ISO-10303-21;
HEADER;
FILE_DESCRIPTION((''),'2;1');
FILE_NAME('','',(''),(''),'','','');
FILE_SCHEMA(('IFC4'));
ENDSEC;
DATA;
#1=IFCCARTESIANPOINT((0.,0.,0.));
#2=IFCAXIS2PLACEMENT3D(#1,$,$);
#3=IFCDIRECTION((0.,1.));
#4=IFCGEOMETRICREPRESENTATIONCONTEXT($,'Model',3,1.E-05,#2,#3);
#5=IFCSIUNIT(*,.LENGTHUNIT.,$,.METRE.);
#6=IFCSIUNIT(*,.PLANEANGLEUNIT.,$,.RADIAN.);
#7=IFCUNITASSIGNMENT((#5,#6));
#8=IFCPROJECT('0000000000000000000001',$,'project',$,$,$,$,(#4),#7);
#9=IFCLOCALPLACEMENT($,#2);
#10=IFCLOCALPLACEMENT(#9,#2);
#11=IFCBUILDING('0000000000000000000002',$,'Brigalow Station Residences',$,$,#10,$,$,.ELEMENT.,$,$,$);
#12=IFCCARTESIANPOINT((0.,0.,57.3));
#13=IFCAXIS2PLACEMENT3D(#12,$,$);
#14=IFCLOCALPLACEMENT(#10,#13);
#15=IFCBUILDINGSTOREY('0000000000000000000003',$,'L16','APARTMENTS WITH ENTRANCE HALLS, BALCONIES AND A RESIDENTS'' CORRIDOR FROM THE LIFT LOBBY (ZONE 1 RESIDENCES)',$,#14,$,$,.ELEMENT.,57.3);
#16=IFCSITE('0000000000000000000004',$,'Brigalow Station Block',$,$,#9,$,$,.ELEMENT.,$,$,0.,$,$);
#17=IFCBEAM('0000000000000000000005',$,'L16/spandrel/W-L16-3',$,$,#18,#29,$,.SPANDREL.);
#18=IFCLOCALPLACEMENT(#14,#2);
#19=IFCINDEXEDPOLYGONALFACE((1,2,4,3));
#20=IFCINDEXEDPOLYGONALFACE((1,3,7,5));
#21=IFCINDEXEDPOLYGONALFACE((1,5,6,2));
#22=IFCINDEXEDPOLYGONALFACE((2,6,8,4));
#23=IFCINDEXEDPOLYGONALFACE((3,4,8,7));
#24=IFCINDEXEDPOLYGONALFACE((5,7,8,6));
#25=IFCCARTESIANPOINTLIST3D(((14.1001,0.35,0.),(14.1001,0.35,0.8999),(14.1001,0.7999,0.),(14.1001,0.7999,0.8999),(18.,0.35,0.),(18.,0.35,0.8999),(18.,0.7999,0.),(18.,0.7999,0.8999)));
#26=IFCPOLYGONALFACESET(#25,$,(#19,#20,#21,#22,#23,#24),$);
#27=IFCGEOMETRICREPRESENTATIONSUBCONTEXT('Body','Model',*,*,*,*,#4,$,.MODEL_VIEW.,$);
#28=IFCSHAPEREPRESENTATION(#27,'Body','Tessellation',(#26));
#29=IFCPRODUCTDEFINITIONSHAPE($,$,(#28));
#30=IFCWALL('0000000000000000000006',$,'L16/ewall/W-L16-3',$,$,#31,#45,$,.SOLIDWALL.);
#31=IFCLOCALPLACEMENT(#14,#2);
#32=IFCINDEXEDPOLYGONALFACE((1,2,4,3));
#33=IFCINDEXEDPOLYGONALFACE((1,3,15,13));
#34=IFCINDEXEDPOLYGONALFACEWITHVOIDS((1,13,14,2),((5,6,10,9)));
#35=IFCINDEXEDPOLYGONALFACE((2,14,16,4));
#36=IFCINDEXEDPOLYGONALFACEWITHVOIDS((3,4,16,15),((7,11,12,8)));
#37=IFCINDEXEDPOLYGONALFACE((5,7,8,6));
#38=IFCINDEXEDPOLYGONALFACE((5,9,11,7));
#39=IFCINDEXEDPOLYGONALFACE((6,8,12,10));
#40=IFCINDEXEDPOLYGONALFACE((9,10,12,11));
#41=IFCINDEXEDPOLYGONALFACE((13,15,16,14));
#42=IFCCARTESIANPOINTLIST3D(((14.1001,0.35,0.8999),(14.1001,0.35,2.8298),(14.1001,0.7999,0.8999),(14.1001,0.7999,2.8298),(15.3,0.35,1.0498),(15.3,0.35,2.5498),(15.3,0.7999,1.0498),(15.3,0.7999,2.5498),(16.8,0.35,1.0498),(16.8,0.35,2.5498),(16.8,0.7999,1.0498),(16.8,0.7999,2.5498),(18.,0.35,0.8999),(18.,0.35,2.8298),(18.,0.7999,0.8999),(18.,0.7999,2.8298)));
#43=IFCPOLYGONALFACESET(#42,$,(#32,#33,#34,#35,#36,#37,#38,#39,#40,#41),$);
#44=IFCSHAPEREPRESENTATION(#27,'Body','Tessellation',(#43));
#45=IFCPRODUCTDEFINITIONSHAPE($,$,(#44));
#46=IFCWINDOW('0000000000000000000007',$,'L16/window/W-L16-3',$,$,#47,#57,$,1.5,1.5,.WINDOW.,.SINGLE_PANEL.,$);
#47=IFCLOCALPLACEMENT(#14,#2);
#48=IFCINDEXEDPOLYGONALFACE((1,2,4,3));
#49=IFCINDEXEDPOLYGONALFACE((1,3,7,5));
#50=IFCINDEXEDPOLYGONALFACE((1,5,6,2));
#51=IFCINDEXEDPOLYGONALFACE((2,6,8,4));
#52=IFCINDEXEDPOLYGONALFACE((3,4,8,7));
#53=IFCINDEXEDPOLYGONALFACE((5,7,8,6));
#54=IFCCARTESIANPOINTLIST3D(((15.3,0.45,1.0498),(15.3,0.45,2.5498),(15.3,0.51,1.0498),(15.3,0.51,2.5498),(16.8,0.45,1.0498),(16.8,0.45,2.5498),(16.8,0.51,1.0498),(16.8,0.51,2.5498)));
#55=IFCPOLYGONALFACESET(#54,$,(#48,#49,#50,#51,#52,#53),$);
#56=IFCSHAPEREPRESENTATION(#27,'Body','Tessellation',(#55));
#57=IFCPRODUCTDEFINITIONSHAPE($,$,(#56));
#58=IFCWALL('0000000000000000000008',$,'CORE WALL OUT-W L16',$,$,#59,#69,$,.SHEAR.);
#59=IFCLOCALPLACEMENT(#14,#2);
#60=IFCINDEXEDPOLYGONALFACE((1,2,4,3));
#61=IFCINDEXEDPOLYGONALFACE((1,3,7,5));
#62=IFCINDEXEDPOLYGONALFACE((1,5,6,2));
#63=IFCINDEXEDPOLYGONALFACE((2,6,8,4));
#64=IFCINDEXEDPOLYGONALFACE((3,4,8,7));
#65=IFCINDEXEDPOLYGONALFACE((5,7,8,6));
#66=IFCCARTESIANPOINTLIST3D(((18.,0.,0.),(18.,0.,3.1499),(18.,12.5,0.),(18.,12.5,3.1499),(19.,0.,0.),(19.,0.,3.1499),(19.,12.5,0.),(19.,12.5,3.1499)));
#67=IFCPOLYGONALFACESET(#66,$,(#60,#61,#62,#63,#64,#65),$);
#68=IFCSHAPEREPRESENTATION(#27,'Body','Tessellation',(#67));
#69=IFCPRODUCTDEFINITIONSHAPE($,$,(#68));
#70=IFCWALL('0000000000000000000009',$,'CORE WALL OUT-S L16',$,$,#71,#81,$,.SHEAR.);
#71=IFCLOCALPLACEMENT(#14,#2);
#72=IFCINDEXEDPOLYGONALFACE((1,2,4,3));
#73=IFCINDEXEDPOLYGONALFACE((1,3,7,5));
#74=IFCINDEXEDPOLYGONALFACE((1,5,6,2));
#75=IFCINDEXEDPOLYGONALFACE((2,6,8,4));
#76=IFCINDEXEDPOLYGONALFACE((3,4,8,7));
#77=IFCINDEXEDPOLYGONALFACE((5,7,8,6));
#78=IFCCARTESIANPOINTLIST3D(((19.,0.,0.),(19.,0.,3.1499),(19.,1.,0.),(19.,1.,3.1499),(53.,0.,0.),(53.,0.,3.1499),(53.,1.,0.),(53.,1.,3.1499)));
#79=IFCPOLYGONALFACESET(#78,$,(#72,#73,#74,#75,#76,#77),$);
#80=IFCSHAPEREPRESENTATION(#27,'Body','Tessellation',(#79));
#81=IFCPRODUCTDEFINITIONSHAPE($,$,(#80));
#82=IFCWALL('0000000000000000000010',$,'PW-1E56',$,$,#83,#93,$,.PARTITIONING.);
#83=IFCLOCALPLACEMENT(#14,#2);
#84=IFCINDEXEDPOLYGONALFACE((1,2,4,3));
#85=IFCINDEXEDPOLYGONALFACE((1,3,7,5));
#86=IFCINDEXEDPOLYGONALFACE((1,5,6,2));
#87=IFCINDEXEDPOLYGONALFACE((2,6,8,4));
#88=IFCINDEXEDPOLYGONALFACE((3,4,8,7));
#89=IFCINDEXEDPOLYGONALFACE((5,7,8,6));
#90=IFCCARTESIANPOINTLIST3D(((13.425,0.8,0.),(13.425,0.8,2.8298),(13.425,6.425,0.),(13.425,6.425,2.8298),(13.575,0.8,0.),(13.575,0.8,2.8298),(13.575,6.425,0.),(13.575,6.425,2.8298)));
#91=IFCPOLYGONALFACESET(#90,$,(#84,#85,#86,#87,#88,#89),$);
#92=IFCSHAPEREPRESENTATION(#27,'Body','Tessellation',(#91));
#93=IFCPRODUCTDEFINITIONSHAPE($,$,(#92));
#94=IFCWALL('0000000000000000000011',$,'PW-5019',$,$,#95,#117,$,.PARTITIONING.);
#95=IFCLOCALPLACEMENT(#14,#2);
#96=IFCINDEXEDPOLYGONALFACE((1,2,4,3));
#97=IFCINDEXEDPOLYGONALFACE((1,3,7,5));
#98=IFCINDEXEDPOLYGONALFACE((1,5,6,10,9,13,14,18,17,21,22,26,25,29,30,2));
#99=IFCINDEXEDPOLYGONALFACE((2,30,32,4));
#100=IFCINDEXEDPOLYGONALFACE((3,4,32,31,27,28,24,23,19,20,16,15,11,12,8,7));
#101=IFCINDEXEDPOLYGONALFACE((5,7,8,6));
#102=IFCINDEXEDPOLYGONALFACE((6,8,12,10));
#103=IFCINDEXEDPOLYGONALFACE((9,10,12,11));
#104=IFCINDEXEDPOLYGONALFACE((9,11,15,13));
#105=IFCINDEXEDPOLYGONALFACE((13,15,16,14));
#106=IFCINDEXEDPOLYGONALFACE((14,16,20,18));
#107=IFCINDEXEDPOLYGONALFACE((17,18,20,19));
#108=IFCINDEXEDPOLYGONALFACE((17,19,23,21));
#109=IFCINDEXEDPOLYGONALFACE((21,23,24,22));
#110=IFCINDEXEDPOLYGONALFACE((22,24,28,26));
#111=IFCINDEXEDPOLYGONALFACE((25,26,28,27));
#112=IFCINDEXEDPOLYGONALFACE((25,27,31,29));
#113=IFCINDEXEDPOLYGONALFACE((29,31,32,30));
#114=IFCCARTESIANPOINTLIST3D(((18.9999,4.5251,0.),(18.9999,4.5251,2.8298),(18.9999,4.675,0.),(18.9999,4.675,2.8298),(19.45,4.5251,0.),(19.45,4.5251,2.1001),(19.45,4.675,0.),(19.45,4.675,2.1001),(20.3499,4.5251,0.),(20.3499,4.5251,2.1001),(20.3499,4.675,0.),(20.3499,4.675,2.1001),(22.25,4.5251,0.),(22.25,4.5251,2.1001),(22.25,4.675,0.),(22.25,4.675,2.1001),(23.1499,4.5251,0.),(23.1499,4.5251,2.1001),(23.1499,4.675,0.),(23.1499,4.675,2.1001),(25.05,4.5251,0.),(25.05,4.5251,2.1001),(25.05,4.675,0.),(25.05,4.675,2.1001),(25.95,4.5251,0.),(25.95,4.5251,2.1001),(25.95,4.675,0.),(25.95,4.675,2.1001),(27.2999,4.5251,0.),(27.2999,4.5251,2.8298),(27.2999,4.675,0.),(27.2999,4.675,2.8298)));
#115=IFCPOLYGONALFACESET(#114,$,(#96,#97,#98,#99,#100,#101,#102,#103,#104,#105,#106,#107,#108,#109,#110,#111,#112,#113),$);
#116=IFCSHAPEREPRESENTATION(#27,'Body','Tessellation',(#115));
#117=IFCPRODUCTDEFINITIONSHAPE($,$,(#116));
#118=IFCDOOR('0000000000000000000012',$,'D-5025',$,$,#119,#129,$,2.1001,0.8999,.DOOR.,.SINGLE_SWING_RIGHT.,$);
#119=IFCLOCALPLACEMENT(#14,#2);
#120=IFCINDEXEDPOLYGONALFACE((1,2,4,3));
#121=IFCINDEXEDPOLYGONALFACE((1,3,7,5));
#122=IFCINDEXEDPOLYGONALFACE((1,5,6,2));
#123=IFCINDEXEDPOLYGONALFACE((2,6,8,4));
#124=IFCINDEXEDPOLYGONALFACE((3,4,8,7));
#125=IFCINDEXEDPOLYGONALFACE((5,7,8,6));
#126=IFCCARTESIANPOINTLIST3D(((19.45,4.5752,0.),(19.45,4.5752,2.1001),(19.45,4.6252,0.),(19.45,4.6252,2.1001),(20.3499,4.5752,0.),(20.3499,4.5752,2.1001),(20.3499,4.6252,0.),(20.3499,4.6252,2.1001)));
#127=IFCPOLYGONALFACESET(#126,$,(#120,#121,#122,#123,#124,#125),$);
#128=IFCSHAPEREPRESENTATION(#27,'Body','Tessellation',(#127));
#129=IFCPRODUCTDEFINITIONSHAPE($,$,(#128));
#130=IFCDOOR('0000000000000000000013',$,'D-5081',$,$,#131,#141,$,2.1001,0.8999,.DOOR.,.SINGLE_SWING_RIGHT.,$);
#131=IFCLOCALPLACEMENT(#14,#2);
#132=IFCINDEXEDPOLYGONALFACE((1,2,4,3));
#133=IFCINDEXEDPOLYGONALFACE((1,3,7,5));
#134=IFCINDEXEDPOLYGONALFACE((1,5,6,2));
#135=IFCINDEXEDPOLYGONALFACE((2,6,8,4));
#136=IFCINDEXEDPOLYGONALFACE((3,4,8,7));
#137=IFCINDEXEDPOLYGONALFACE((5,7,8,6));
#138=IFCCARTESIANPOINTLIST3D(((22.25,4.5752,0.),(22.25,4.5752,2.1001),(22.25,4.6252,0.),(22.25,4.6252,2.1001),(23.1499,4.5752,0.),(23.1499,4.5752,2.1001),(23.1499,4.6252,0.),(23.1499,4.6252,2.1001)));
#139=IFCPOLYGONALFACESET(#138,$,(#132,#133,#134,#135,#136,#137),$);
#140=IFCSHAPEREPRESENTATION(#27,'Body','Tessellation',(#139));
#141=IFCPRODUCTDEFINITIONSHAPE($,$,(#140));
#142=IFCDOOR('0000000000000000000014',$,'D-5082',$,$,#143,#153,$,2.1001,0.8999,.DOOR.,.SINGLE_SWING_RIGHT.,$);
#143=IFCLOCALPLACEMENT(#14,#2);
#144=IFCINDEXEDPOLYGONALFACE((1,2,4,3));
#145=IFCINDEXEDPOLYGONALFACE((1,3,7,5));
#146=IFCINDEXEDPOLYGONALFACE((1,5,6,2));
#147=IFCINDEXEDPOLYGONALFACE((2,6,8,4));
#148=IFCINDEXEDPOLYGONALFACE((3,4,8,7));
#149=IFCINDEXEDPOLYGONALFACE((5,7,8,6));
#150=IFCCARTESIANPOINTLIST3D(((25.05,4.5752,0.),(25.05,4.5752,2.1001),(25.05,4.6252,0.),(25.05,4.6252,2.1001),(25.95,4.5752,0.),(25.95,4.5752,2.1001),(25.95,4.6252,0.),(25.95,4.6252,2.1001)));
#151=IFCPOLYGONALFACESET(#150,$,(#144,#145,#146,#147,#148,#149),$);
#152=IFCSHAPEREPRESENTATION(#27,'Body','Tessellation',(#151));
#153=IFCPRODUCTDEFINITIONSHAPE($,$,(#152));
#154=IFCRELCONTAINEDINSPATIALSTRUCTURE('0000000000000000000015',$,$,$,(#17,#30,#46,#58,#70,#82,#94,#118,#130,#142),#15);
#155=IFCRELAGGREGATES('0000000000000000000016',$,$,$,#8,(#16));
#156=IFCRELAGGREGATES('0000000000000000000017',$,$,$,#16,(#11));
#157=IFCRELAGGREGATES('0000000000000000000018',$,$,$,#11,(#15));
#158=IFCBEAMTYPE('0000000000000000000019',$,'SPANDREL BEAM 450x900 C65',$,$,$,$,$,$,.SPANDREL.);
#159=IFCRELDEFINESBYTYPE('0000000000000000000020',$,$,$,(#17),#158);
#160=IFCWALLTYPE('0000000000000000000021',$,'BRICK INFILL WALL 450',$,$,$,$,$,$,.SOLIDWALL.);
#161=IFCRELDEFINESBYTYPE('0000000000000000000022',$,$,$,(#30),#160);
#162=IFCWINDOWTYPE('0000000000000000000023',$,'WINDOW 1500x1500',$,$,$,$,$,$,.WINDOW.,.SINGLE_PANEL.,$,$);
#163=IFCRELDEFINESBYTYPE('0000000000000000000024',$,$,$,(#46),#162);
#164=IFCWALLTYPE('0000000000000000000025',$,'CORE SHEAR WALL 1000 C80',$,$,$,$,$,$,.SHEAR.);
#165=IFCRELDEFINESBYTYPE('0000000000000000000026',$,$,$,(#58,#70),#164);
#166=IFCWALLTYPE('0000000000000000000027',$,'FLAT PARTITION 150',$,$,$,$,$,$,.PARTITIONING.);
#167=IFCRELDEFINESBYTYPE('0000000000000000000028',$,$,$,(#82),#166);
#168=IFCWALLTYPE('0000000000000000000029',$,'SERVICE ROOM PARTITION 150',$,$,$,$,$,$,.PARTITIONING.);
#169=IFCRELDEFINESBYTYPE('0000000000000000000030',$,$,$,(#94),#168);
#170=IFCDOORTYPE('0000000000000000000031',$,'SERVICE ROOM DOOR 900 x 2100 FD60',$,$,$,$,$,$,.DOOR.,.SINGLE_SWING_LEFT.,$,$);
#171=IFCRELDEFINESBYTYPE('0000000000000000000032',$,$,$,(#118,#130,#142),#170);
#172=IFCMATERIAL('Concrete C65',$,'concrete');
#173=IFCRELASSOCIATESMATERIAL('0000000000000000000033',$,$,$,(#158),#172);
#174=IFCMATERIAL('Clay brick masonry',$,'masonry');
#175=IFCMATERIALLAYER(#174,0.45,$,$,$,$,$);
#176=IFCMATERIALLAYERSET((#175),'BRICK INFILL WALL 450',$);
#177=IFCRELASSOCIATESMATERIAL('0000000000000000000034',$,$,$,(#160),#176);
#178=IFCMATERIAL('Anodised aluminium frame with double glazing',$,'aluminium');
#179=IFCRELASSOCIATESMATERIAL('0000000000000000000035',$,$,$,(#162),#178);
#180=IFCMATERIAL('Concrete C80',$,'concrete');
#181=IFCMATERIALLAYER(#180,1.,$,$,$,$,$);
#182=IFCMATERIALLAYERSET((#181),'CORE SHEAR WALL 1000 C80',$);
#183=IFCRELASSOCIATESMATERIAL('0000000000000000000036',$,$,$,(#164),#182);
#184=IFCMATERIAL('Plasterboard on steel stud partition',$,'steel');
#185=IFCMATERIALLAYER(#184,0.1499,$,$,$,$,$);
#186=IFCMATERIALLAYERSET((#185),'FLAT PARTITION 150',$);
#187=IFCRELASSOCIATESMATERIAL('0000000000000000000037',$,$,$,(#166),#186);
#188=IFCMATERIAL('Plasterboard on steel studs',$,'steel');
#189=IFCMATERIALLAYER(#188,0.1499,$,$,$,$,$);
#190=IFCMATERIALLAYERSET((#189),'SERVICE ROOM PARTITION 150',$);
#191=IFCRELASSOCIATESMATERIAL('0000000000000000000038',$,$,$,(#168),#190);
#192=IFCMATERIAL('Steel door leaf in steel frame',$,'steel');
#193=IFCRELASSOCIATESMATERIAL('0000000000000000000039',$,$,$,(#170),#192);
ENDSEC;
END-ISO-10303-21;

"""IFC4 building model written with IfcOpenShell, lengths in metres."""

from ifc_helpers import new_model, si_unit, direction, frame, frame_2d, origin, origin_2d, place, context, subcontext, project, spatial, rectangle, extrude, material, layer, layer_set, material_profile, profile_set, type_object, element, fill, save


model = new_model("IFC4")

# Units and contexts
model_context = context("Model", 3, precision=1e-05, world=origin(), true_north=direction((0.0, 1.0)))
body_context = subcontext(model_context, "Body", "Model", "MODEL_VIEW")
ifc_project = project(units=[si_unit("LENGTHUNIT", "METRE"), si_unit("PLANEANGLEUNIT", "RADIAN")], contexts=[model_context])

# Site, building, storey
site_placement = place(None, origin())
site = spatial("IfcSite", under=ifc_project, at=site_placement, Name="Brigalow Station Block", CompositionType="ELEMENT", RefElevation=0.0)
building_placement = place(site_placement, origin())
building = spatial("IfcBuilding", under=site, at=building_placement, Name="Brigalow Station Residences", CompositionType="ELEMENT")
storey_placement = place(building_placement, frame((0.0, 0.0, 57.3)))
storey = spatial("IfcBuildingStorey", under=building, at=storey_placement, Name="L16", Description="APARTMENTS WITH ENTRANCE HALLS, BALCONIES AND A RESIDENTS' CORRIDOR FROM THE LIFT LOBBY (ZONE 1 RESIDENCES)", CompositionType="ELEMENT", Elevation=57.3)

# Beam
ifc_material_1 = material(Name="Concrete C65", Category="concrete")
ifc_material_profile = material_profile(ifc_material_1, rectangle(XDim=0.45, YDim=0.8999, at=origin_2d()), Name="RC450x900")
ifc_profile_set = profile_set([ifc_material_profile], Name="Concrete C65")
beam_type = type_object("IfcBeamType", Name="SPANDREL BEAM 450x900 C65", PredefinedType="SPANDREL", material=ifc_profile_set)
beam_placement = place(storey_placement, frame((14.1001, 0.575, 0.45), z_axis=(1.0, 0.0, 0.0), x_axis=(0.0, 1.0, 0.0)))
element("IfcBeam", 1, at=beam_placement, inside=storey, type_object=beam_type, Name="L16/spandrel/W-L16-3", PredefinedType="SPANDREL", context=body_context, shape_type="SweptSolid", body=[
    extrude(rectangle(XDim=0.45, YDim=0.8999, at=origin_2d()), origin(), (0.0, 0.0, 1.0), 3.8999),
])

# Wall, opening, window
ifc_material_2 = material(Name="Clay brick masonry", Category="masonry")
ifc_layer_1 = layer(ifc_material_2, 0.45)
ifc_layer_set_1 = layer_set([ifc_layer_1], Name="BRICK INFILL WALL 450")
wall_type_1 = type_object("IfcWallType", Name="BRICK INFILL WALL 450", PredefinedType="SOLIDWALL", material=ifc_layer_set_1)
wall_1_placement = place(storey_placement, frame((14.1001, 0.575, 0.8999), z_axis=(0.0, 0.0, 1.0), x_axis=(1.0, 0.0, 0.0)))
wall_1 = element("IfcWall", 2, at=wall_1_placement, inside=storey, type_object=wall_type_1, Name="L16/ewall/W-L16-3", PredefinedType="SOLIDWALL", context=body_context, shape_type="SweptSolid", body=[
    extrude(rectangle(XDim=3.8999, YDim=0.45, at=frame_2d((1.95, 0.0))), origin(), (0.0, 0.0, 1.0), 1.9299),
])
opening_1_placement = place(wall_1_placement, frame((1.2, 0.0, 0.1499)))
opening_1 = element("IfcOpeningElement", 3, at=opening_1_placement, cuts=wall_1, PredefinedType="OPENING", context=body_context, shape_type="SweptSolid", body=[
    extrude(rectangle(XDim=1.5, YDim=1.5, at=frame_2d((0.75, 0.75))), frame((0.0, 0.2349, 0.0), z_axis=(0.0, -1.0, 0.0), x_axis=(1.0, 0.0, 0.0)), (0.0, 0.0, 1.0), 0.47),
])
ifc_material_3 = material(Name="Anodised aluminium frame with double glazing", Category="aluminium")
window_type = type_object("IfcWindowType", Name="WINDOW 1500x1500", PartitioningType="SINGLE_PANEL", PredefinedType="WINDOW", material=ifc_material_3)
window_placement = place(opening_1_placement, origin())
window = element("IfcWindow", 4, at=window_placement, inside=storey, type_object=window_type, Name="L16/window/W-L16-3", OverallHeight=1.5, OverallWidth=1.5, PartitioningType="SINGLE_PANEL", PredefinedType="WINDOW", context=body_context, shape_type="SweptSolid", body=[
    extrude(rectangle(XDim=1.5, YDim=1.5, at=frame_2d((0.75, 0.75))), frame((0.0, -0.0649, 0.0), z_axis=(0.0, -1.0, 0.0), x_axis=(1.0, 0.0, 0.0)), (0.0, 0.0, 1.0), 0.0601),
])
fill(opening_1, window)

# Walls
ifc_material_4 = material(Name="Concrete C80", Category="concrete")
ifc_layer_2 = layer(ifc_material_4, 1.0)
ifc_layer_set_2 = layer_set([ifc_layer_2], Name="CORE SHEAR WALL 1000 C80")
wall_type_2 = type_object("IfcWallType", Name="CORE SHEAR WALL 1000 C80", PredefinedType="SHEAR", material=ifc_layer_set_2)
wall_2_placement = place(storey_placement, frame((18.5, 0.0, 0.0), z_axis=(0.0, 0.0, 1.0), x_axis=(0.0, 1.0, 0.0)))
element("IfcWall", 5, at=wall_2_placement, inside=storey, type_object=wall_type_2, Name="CORE WALL OUT-W L16", PredefinedType="SHEAR", context=body_context, shape_type="SweptSolid", body=[
    extrude(rectangle(XDim=12.5, YDim=1.0, at=frame_2d((6.25, 0.0))), origin(), (0.0, 0.0, 1.0), 3.1499),
])
wall_3_placement = place(storey_placement, frame((19.0, 0.5, 0.0), z_axis=(0.0, 0.0, 1.0), x_axis=(1.0, 0.0, 0.0)))
element("IfcWall", 6, at=wall_3_placement, inside=storey, type_object=wall_type_2, Name="CORE WALL OUT-S L16", PredefinedType="SHEAR", context=body_context, shape_type="SweptSolid", body=[
    extrude(rectangle(XDim=34.0, YDim=1.0, at=frame_2d((17.0, 0.0))), origin(), (0.0, 0.0, 1.0), 3.1499),
])
ifc_material_5 = material(Name="Plasterboard on steel stud partition", Category="steel")
ifc_layer_3 = layer(ifc_material_5, 0.1499)
ifc_layer_set_3 = layer_set([ifc_layer_3], Name="FLAT PARTITION 150")
wall_type_3 = type_object("IfcWallType", Name="FLAT PARTITION 150", PredefinedType="PARTITIONING", material=ifc_layer_set_3)
wall_4_placement = place(storey_placement, frame((13.5, 0.8, 0.0), z_axis=(0.0, 0.0, 1.0), x_axis=(0.0, 1.0, 0.0)))
element("IfcWall", 7, at=wall_4_placement, inside=storey, type_object=wall_type_3, Name="PW-1E56", PredefinedType="PARTITIONING", context=body_context, shape_type="SweptSolid", body=[
    extrude(rectangle(XDim=5.625, YDim=0.1499, at=frame_2d((2.8125, 0.0))), origin(), (0.0, 0.0, 1.0), 2.8298),
])

# Wall, openings, doors
ifc_material_6 = material(Name="Plasterboard on steel studs", Category="steel")
ifc_layer_4 = layer(ifc_material_6, 0.1499)
ifc_layer_set_4 = layer_set([ifc_layer_4], Name="SERVICE ROOM PARTITION 150")
wall_type_4 = type_object("IfcWallType", Name="SERVICE ROOM PARTITION 150", PredefinedType="PARTITIONING", material=ifc_layer_set_4)
wall_5_placement = place(storey_placement, frame((19.0, 4.6001, 0.0), z_axis=(0.0, 0.0, 1.0), x_axis=(1.0, 0.0, 0.0)))
wall_5 = element("IfcWall", 8, at=wall_5_placement, inside=storey, type_object=wall_type_4, Name="PW-5019", PredefinedType="PARTITIONING", context=body_context, shape_type="SweptSolid", body=[
    extrude(rectangle(XDim=8.3, YDim=0.1499, at=frame_2d((4.1499, 0.0))), origin(), (0.0, 0.0, 1.0), 2.8298),
])
opening_2_placement = place(wall_5_placement, frame((0.45, 0.0, 0.0)))
opening_2 = element("IfcOpeningElement", 9, at=opening_2_placement, cuts=wall_5, PredefinedType="OPENING", context=body_context, shape_type="SweptSolid", body=[
    extrude(rectangle(XDim=0.8999, YDim=2.1001, at=frame_2d((0.45, 1.05))), frame((0.0, 0.085, 0.0), z_axis=(0.0, -1.0, 0.0), x_axis=(1.0, 0.0, 0.0)), (0.0, 0.0, 1.0), 0.1699),
])
opening_3_placement = place(wall_5_placement, frame((3.25, 0.0, 0.0)))
opening_3 = element("IfcOpeningElement", 10, at=opening_3_placement, cuts=wall_5, PredefinedType="OPENING", context=body_context, shape_type="SweptSolid", body=[
    extrude(rectangle(XDim=0.8999, YDim=2.1001, at=frame_2d((0.45, 1.05))), frame((0.0, 0.085, 0.0), z_axis=(0.0, -1.0, 0.0), x_axis=(1.0, 0.0, 0.0)), (0.0, 0.0, 1.0), 0.1699),
])
opening_4_placement = place(wall_5_placement, frame((6.05, 0.0, 0.0)))
opening_4 = element("IfcOpeningElement", 11, at=opening_4_placement, cuts=wall_5, PredefinedType="OPENING", context=body_context, shape_type="SweptSolid", body=[
    extrude(rectangle(XDim=0.8999, YDim=2.1001, at=frame_2d((0.45, 1.05))), frame((0.0, 0.085, 0.0), z_axis=(0.0, -1.0, 0.0), x_axis=(1.0, 0.0, 0.0)), (0.0, 0.0, 1.0), 0.1699),
])
ifc_material_7 = material(Name="Steel door leaf in steel frame", Category="steel")
door_type = type_object("IfcDoorType", Name="SERVICE ROOM DOOR 900 x 2100 FD60", OperationType="SINGLE_SWING_LEFT", PredefinedType="DOOR", material=ifc_material_7)
door_1_placement = place(opening_2_placement, frame((0.8999, 0.0, 0.0), z_axis=(0.0, 0.0, 1.0), x_axis=(-1.0, 0.0, 0.0)))
door_1 = element("IfcDoor", 12, at=door_1_placement, inside=storey, type_object=door_type, Name="D-5025", OperationType="SINGLE_SWING_RIGHT", OverallHeight=2.1001, OverallWidth=0.8999, PredefinedType="DOOR", context=body_context, shape_type="SweptSolid", body=[
    extrude(rectangle(XDim=0.8999, YDim=2.1001, at=frame_2d((0.45, 1.05))), frame((0.0, 0.0249, 0.0), z_axis=(0.0, -1.0, 0.0), x_axis=(1.0, 0.0, 0.0)), (0.0, 0.0, 1.0), 0.05),
])
fill(opening_2, door_1)
door_2_placement = place(opening_3_placement, frame((0.8999, 0.0, 0.0), z_axis=(0.0, 0.0, 1.0), x_axis=(-1.0, 0.0, 0.0)))
door_2 = element("IfcDoor", 13, at=door_2_placement, inside=storey, type_object=door_type, Name="D-5081", OperationType="SINGLE_SWING_RIGHT", OverallHeight=2.1001, OverallWidth=0.8999, PredefinedType="DOOR", context=body_context, shape_type="SweptSolid", body=[
    extrude(rectangle(XDim=0.8999, YDim=2.1001, at=frame_2d((0.45, 1.05))), frame((0.0, 0.0249, 0.0), z_axis=(0.0, -1.0, 0.0), x_axis=(1.0, 0.0, 0.0)), (0.0, 0.0, 1.0), 0.05),
])
fill(opening_3, door_2)
door_3_placement = place(opening_4_placement, frame((0.8999, 0.0, 0.0), z_axis=(0.0, 0.0, 1.0), x_axis=(-1.0, 0.0, 0.0)))
door_3 = element("IfcDoor", 14, at=door_3_placement, inside=storey, type_object=door_type, Name="D-5082", OperationType="SINGLE_SWING_RIGHT", OverallHeight=2.1001, OverallWidth=0.8999, PredefinedType="DOOR", context=body_context, shape_type="SweptSolid", body=[
    extrude(rectangle(XDim=0.8999, YDim=2.1001, at=frame_2d((0.45, 1.05))), frame((0.0, 0.0249, 0.0), z_axis=(0.0, -1.0, 0.0), x_axis=(1.0, 0.0, 0.0)), (0.0, 0.0, 1.0), 0.05),
])
fill(opening_4, door_3)

save(model, "model.ifc")
